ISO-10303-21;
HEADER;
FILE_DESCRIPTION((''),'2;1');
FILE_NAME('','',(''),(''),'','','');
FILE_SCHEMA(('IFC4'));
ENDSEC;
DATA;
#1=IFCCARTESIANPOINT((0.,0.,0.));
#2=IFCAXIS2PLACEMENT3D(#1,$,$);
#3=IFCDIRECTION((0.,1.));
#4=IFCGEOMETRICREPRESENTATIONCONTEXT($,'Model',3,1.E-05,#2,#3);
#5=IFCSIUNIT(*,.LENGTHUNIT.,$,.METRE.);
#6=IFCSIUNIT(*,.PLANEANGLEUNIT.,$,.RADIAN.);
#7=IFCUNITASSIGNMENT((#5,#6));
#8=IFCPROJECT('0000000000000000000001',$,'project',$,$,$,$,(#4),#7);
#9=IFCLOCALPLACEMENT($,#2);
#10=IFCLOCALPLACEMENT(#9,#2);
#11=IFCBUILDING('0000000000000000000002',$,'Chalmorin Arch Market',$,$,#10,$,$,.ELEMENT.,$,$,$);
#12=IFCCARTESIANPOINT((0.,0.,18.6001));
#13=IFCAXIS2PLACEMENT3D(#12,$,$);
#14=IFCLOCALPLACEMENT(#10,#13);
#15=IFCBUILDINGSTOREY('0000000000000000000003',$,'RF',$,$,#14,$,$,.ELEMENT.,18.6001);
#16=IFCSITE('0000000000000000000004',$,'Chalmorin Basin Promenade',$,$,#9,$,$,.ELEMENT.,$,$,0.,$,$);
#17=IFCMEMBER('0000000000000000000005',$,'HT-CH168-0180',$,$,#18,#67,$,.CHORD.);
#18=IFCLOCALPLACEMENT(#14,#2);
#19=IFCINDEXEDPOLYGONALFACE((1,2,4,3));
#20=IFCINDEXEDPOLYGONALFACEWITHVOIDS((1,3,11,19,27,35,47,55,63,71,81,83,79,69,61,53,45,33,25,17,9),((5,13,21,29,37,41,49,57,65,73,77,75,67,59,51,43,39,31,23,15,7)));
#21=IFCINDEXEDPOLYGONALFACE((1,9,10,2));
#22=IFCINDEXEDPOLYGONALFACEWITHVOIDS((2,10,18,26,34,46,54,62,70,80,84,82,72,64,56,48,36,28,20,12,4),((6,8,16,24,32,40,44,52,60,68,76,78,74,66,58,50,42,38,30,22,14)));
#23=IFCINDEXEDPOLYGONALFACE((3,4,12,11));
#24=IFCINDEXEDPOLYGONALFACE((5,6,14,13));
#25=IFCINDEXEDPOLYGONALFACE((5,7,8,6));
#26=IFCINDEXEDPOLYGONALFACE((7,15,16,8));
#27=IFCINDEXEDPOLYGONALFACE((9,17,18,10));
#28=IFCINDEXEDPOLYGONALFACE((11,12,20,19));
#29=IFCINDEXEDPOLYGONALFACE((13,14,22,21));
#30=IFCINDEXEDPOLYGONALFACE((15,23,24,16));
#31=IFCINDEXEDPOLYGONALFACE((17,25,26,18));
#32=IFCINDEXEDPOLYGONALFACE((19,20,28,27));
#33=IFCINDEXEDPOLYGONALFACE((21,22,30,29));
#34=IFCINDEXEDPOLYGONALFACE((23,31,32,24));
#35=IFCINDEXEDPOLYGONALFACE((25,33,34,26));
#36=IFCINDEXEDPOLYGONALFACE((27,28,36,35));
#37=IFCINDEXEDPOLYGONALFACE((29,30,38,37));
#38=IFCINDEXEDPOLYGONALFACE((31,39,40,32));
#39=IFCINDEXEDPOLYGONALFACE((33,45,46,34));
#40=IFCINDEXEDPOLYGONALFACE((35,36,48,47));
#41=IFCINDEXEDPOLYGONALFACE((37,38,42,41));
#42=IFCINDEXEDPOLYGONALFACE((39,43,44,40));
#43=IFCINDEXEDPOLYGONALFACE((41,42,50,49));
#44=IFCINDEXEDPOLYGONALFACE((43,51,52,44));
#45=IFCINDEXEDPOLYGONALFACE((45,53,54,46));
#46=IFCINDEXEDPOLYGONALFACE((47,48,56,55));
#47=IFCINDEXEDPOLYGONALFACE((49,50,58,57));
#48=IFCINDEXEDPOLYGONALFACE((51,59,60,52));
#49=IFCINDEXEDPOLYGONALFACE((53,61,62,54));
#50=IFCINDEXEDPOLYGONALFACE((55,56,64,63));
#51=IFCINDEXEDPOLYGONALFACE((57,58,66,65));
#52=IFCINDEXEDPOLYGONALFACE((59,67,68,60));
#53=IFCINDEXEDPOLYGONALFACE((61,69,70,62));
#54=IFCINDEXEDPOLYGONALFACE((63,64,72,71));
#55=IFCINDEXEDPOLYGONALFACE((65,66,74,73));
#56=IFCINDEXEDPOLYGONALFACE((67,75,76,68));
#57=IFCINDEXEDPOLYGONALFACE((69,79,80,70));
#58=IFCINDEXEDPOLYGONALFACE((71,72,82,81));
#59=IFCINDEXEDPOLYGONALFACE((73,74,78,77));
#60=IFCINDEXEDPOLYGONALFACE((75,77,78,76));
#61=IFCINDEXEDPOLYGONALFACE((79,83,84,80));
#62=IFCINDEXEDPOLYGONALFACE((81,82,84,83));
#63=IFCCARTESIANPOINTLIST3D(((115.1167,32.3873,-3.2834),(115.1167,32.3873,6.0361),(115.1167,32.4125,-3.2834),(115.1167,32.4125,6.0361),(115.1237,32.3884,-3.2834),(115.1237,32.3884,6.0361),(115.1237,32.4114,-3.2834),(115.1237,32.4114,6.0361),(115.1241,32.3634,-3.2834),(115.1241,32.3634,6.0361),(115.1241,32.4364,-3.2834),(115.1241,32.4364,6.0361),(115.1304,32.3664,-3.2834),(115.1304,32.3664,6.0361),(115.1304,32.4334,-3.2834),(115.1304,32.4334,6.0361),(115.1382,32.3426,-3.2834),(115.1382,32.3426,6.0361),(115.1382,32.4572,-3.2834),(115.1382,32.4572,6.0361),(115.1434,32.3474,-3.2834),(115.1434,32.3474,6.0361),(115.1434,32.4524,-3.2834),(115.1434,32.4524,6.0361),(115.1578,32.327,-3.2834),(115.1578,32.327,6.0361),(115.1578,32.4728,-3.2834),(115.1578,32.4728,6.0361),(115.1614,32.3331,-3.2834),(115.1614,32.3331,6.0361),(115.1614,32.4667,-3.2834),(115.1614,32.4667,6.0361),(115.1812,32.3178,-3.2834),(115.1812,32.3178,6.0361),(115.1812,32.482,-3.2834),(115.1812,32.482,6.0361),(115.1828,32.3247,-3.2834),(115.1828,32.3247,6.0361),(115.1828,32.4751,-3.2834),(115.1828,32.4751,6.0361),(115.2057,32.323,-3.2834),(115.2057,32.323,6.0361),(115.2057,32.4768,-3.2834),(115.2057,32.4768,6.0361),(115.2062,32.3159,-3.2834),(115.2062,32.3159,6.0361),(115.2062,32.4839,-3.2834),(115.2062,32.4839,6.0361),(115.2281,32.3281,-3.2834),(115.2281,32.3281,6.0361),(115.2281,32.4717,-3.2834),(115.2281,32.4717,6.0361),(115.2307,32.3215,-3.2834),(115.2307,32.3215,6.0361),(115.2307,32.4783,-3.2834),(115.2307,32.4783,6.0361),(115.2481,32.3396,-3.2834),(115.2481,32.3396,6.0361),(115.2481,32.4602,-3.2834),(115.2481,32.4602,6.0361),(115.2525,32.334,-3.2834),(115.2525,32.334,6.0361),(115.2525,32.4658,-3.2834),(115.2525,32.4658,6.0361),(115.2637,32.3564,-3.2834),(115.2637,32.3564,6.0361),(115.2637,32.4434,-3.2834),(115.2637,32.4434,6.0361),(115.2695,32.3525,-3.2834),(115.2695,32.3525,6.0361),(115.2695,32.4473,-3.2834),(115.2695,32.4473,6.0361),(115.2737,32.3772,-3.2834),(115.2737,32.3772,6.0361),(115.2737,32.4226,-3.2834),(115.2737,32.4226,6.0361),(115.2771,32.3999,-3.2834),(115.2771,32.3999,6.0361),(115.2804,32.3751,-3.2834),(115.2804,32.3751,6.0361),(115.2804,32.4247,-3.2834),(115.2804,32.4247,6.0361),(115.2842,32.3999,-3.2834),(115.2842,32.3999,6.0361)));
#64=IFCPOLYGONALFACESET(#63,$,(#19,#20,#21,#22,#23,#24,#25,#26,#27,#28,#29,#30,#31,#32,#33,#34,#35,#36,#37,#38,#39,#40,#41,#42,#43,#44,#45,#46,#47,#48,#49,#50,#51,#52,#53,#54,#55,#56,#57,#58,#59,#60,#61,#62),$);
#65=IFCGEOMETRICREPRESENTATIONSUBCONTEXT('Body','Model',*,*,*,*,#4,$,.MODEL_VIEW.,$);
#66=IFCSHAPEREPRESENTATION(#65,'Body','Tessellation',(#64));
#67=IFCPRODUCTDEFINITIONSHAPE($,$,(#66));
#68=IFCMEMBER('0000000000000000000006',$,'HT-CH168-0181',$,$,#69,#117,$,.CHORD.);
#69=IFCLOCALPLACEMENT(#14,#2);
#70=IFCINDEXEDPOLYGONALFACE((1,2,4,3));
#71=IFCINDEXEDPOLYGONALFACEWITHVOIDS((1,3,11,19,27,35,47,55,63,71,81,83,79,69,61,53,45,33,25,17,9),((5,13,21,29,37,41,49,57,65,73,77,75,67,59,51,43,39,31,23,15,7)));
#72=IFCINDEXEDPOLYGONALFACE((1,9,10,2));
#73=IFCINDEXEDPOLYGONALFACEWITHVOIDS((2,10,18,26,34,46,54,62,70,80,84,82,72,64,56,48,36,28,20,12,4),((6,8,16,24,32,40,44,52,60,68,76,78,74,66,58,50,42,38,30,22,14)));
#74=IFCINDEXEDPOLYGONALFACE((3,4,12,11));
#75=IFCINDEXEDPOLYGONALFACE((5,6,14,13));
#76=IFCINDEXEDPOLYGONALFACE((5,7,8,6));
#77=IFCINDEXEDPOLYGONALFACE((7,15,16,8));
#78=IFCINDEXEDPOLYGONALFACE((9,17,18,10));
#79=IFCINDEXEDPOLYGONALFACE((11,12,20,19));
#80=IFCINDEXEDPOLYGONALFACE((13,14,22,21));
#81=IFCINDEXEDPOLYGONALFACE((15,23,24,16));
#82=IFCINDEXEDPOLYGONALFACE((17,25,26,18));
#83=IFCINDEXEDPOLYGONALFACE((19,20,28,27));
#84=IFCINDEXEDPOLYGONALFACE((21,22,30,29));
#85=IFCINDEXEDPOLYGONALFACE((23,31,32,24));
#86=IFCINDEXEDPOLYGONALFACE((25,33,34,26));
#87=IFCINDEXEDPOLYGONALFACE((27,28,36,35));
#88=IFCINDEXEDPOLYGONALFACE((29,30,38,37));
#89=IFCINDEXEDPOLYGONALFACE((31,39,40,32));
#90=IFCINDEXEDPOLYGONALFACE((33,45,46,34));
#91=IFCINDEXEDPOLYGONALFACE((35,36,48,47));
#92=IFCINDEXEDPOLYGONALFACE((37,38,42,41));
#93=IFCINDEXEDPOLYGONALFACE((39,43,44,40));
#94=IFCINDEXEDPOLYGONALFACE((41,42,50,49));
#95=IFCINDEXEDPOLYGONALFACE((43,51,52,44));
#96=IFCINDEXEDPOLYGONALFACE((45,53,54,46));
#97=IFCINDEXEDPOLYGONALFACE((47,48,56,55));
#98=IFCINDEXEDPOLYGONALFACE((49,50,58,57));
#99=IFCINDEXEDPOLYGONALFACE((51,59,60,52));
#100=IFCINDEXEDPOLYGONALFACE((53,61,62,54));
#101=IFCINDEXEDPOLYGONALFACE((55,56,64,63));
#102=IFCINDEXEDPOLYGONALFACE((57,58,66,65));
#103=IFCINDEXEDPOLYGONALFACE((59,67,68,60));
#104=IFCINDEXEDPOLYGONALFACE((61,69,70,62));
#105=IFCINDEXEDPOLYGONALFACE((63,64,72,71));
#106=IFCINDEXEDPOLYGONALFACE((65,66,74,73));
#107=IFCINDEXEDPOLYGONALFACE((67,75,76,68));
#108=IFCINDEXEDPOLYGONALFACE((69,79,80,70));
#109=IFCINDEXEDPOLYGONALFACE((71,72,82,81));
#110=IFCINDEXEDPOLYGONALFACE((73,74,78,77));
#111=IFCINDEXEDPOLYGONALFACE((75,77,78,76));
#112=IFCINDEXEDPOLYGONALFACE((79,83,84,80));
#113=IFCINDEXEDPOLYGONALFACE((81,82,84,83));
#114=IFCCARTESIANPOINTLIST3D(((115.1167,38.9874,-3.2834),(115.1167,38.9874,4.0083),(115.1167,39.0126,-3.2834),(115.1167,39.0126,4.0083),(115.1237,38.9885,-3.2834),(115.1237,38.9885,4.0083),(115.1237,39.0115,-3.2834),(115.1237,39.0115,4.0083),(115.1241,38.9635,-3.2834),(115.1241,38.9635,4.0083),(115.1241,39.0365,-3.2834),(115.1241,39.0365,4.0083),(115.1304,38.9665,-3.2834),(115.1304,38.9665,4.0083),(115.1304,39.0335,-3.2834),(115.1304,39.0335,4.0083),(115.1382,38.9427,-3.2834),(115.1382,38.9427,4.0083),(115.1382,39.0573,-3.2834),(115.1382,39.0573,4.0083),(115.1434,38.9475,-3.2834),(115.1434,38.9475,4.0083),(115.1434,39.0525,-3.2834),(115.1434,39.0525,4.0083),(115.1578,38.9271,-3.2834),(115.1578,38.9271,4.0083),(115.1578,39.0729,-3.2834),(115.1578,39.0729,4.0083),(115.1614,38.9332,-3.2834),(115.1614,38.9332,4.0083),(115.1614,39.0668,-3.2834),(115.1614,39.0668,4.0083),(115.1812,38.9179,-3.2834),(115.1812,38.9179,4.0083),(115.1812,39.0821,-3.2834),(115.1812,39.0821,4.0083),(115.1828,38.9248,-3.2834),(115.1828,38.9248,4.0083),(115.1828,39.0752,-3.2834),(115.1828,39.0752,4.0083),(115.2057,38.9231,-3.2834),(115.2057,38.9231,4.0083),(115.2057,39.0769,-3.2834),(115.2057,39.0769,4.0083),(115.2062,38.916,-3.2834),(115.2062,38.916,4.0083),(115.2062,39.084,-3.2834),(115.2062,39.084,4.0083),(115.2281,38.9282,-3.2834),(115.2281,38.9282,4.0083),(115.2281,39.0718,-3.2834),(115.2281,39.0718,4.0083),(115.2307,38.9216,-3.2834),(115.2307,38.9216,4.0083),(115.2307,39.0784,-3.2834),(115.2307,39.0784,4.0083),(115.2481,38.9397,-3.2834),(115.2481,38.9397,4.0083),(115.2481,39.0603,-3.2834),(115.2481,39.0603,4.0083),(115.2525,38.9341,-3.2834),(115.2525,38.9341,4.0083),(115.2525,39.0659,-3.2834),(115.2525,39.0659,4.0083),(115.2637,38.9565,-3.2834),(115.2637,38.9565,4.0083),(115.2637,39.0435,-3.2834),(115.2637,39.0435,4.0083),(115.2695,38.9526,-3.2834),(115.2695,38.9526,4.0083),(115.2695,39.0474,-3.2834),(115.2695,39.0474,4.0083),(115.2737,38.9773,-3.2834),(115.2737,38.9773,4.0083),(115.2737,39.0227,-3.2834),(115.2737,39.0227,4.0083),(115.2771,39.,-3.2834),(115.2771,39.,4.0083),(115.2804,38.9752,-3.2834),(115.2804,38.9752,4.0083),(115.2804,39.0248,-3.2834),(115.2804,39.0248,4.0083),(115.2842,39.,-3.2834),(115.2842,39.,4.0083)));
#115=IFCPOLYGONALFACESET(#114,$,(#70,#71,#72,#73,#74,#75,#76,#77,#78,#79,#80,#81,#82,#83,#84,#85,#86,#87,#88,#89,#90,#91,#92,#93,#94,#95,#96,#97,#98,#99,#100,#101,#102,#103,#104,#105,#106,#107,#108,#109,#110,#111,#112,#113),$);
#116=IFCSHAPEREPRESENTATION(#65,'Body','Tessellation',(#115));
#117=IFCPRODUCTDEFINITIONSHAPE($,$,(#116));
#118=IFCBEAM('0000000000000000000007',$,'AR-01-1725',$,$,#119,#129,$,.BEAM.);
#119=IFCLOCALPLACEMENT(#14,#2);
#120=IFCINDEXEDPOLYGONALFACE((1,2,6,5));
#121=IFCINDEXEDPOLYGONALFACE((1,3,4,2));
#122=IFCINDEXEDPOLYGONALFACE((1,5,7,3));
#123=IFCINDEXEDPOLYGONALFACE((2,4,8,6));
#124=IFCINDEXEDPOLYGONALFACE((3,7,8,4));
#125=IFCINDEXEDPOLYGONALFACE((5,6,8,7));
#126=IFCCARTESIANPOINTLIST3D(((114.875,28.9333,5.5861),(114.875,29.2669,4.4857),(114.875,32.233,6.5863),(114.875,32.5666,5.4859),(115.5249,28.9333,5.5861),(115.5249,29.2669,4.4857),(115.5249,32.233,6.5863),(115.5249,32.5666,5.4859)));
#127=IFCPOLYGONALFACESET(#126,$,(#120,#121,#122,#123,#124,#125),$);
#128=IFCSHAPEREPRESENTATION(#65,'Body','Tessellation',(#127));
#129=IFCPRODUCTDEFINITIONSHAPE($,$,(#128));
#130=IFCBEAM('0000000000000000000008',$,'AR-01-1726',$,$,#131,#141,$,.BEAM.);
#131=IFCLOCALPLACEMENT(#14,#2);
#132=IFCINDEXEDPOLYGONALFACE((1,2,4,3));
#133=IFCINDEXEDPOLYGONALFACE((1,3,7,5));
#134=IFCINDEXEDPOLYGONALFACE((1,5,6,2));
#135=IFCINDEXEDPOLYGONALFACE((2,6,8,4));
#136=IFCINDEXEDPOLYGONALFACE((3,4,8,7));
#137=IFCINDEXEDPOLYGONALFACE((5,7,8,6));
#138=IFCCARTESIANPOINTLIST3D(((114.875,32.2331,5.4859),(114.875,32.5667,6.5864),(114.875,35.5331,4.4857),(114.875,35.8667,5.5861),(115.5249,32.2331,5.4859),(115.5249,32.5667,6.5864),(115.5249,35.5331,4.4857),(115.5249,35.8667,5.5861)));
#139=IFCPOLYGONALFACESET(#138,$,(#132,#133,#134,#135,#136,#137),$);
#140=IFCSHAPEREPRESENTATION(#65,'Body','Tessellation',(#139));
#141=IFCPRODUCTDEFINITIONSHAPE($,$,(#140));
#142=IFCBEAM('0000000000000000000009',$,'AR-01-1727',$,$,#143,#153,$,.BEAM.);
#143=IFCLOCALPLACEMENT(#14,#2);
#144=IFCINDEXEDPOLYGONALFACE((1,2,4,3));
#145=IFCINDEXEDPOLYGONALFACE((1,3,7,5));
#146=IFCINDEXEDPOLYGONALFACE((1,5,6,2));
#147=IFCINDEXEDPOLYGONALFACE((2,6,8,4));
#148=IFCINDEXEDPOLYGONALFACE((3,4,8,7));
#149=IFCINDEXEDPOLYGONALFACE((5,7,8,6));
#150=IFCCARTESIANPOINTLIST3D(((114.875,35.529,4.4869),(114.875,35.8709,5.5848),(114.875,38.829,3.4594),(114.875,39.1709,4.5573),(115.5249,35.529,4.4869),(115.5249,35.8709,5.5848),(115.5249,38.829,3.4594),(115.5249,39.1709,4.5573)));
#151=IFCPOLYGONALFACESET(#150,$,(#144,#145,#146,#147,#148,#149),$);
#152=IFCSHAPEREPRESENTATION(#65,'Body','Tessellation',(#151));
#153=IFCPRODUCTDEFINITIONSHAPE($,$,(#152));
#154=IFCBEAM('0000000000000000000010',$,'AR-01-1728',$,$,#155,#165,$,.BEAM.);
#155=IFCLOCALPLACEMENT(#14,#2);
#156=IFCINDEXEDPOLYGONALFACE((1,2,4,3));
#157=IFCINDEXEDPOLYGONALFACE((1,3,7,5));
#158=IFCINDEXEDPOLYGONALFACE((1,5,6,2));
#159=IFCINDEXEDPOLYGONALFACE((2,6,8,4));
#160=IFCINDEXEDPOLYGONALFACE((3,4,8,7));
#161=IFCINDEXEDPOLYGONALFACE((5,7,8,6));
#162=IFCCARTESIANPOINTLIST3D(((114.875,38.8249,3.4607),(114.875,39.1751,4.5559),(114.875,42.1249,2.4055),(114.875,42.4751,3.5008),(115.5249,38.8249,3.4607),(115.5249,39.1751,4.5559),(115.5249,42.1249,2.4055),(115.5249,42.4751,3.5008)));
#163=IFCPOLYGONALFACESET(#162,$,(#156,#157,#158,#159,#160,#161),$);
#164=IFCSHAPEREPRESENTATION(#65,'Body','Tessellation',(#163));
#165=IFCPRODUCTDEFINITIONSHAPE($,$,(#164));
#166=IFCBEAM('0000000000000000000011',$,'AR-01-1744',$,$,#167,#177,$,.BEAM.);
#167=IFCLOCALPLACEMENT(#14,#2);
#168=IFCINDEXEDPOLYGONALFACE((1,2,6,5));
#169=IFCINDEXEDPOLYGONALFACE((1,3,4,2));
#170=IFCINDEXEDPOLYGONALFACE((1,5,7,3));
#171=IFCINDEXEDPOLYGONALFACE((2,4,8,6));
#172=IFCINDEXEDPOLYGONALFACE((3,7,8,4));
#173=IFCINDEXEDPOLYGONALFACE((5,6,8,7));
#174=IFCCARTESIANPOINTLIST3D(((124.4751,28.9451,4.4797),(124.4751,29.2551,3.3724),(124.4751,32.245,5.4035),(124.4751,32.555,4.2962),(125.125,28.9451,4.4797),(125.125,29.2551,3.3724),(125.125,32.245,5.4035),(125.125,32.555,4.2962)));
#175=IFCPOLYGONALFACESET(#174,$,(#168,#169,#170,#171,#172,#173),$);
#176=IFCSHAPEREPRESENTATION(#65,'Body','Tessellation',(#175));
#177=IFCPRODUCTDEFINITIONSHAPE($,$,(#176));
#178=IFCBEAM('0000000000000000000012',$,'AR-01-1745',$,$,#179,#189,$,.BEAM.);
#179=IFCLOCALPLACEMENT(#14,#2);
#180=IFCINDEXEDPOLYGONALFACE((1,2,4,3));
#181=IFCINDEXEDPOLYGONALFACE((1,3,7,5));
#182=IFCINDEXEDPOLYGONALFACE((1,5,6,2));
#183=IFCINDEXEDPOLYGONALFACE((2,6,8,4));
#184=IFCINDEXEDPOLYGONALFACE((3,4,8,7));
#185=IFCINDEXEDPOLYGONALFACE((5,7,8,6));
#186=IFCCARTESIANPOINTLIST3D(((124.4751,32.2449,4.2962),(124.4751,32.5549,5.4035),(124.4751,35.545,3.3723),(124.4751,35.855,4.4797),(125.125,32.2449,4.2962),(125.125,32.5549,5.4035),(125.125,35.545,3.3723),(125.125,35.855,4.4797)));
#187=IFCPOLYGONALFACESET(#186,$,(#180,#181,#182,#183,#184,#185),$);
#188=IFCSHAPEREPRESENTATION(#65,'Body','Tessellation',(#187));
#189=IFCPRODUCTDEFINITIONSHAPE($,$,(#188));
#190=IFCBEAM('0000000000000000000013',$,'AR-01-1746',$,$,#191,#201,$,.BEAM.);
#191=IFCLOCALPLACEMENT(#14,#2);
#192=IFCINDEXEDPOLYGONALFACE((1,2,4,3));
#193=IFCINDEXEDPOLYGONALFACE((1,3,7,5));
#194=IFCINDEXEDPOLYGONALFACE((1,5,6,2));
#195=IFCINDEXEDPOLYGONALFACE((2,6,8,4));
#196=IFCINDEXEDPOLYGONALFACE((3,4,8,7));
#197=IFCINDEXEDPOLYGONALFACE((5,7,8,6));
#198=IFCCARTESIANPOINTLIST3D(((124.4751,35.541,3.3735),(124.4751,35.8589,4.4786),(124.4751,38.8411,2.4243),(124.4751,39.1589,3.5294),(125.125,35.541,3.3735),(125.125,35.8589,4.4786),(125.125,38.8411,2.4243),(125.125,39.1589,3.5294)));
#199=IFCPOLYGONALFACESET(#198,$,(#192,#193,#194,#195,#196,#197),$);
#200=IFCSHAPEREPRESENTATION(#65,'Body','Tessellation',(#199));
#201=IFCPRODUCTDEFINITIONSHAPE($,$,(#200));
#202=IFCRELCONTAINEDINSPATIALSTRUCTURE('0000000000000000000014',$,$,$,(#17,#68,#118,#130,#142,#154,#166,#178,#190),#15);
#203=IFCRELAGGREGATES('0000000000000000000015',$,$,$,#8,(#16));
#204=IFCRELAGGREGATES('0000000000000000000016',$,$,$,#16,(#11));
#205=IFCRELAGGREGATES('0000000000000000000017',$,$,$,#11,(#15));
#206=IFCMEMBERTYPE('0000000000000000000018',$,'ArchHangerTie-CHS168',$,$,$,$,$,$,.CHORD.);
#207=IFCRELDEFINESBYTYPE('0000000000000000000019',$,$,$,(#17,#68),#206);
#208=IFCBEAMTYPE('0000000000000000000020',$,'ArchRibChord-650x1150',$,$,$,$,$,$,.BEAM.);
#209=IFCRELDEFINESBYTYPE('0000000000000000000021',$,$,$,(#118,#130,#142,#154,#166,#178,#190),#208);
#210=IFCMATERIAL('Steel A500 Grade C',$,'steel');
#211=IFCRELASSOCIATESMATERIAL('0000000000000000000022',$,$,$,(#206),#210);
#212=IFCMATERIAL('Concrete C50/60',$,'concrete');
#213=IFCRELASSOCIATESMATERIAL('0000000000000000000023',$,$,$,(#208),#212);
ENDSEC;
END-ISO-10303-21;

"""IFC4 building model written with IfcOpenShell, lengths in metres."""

from ifc_helpers import new_model, si_unit, direction, frame, origin, origin_2d, place, context, subcontext, project, spatial, rectangle, hollow_circle, extrude, material, material_profile, profile_set, type_object, element, save


model = new_model("IFC4")

# Units and contexts
model_context = context("Model", 3, precision=1e-05, world=origin(), true_north=direction((0.0, 1.0)))
body_context = subcontext(model_context, "Body", "Model", "MODEL_VIEW")
ifc_project = project(units=[si_unit("LENGTHUNIT", "METRE"), si_unit("PLANEANGLEUNIT", "RADIAN")], contexts=[model_context])

# Site, building, storey
site_placement = place(None, origin())
site = spatial("IfcSite", under=ifc_project, at=site_placement, Name="Chalmorin Basin Promenade", CompositionType="ELEMENT", RefElevation=0.0)
building_placement = place(site_placement, origin())
building = spatial("IfcBuilding", under=site, at=building_placement, Name="Chalmorin Arch Market", CompositionType="ELEMENT")
storey_placement = place(building_placement, frame((0.0, 0.0, 18.6001)))
storey = spatial("IfcBuildingStorey", under=building, at=storey_placement, Name="RF", CompositionType="ELEMENT", Elevation=18.6001)

# Members
ifc_material_1 = material(Name="Steel A500 Grade C", Category="steel")
ifc_material_profile_1 = material_profile(ifc_material_1, hollow_circle(Radius=0.0842, WallThickness=0.0071, at=origin_2d()), Name="CHS168X7")
ifc_profile_set_1 = profile_set([ifc_material_profile_1], Name="Steel A500 Grade C")
member_type_1 = type_object("IfcMemberType", Name="ArchHangerTie-CHS168", PredefinedType="CHORD", material=ifc_profile_set_1)
member_1_placement = place(storey_placement, frame((115.2, 32.3999, -3.2834), z_axis=(0.0, 0.0, 1.0), x_axis=(1.0, 0.0, 0.0)))
element("IfcMember", 1, at=member_1_placement, inside=storey, type_object=member_type_1, Name="HT-CH168-0180", PredefinedType="CHORD", context=body_context, shape_type="SweptSolid", body=[
    extrude(hollow_circle(Radius=0.0842, WallThickness=0.0071, at=origin_2d()), origin(), (0.0, 0.0, 1.0), 9.3196),
])
member_2_placement = place(storey_placement, frame((115.2, 39.0, -3.2834), z_axis=(0.0, 0.0, 1.0), x_axis=(1.0, 0.0, 0.0)))
element("IfcMember", 2, at=member_2_placement, inside=storey, type_object=member_type_1, Name="HT-CH168-0181", PredefinedType="CHORD", context=body_context, shape_type="SweptSolid", body=[
    extrude(hollow_circle(Radius=0.0842, WallThickness=0.0071, at=origin_2d()), origin(), (0.0, 0.0, 1.0), 7.2917),
])

# Beams
ifc_material_2 = material(Name="Concrete C50/60", Category="concrete")
ifc_material_profile_2 = material_profile(ifc_material_2, rectangle(XDim=0.6499, YDim=1.1499, at=origin_2d()), Name="RC650X1150")
ifc_profile_set_2 = profile_set([ifc_material_profile_2], Name="Concrete C50/60")
beam_type = type_object("IfcBeamType", Name="ArchRibChord-650x1150", PredefinedType="BEAM", material=ifc_profile_set_2)
beam_1_placement = place(storey_placement, frame((115.2, 29.1001, 5.0359), z_axis=(0.0, 0.957, 0.290088), x_axis=(-1.0, 0.0, 0.0)))
element("IfcBeam", 3, at=beam_1_placement, inside=storey, type_object=beam_type, Name="AR-01-1725", PredefinedType="BEAM", context=body_context, shape_type="SweptSolid", body=[
    extrude(rectangle(XDim=0.6499, YDim=1.1499, at=origin_2d()), origin(), (0.0, 0.0, 1.0), 3.448),
])
beam_2_placement = place(storey_placement, frame((115.2, 32.3999, 6.0361), z_axis=(0.0, 0.957006, -0.290068), x_axis=(-1.0, 0.0, 0.0)))
element("IfcBeam", 4, at=beam_2_placement, inside=storey, type_object=beam_type, Name="AR-01-1726", PredefinedType="BEAM", context=body_context, shape_type="SweptSolid", body=[
    extrude(rectangle(XDim=0.6499, YDim=1.1499, at=origin_2d()), origin(), (0.0, 0.0, 1.0), 3.4482),
])
beam_3_placement = place(storey_placement, frame((115.2, 35.7, 5.0359), z_axis=(0.0, 0.954782, -0.297306), x_axis=(-1.0, 0.0, 0.0)))
element("IfcBeam", 5, at=beam_3_placement, inside=storey, type_object=beam_type, Name="AR-01-1727", PredefinedType="BEAM", context=body_context, shape_type="SweptSolid", body=[
    extrude(rectangle(XDim=0.6499, YDim=1.1499, at=origin_2d()), origin(), (0.0, 0.0, 1.0), 3.4563),
])
beam_4_placement = place(storey_placement, frame((115.2, 39.0, 4.0083), z_axis=(0.0, 0.952494, -0.304556), x_axis=(-1.0, 0.0, 0.0)))
element("IfcBeam", 6, at=beam_4_placement, inside=storey, type_object=beam_type, Name="AR-01-1728", PredefinedType="BEAM", context=body_context, shape_type="SweptSolid", body=[
    extrude(rectangle(XDim=0.6499, YDim=1.1499, at=origin_2d()), origin(), (0.0, 0.0, 1.0), 3.4646),
])
beam_5_placement = place(storey_placement, frame((124.8, 29.1001, 3.926), z_axis=(0.0, 0.962973, 0.269598), x_axis=(-1.0, 0.0, 0.0)))
element("IfcBeam", 7, at=beam_5_placement, inside=storey, type_object=beam_type, Name="AR-01-1744", PredefinedType="BEAM", context=body_context, shape_type="SweptSolid", body=[
    extrude(rectangle(XDim=0.6499, YDim=1.1499, at=origin_2d()), origin(), (0.0, 0.0, 1.0), 3.4268),
])
beam_6_placement = place(storey_placement, frame((124.8, 32.3999, 4.8499), z_axis=(0.0, 0.962978, -0.26958), x_axis=(-1.0, 0.0, 0.0)))
element("IfcBeam", 8, at=beam_6_placement, inside=storey, type_object=beam_type, Name="AR-01-1745", PredefinedType="BEAM", context=body_context, shape_type="SweptSolid", body=[
    extrude(rectangle(XDim=0.6499, YDim=1.1499, at=origin_2d()), origin(), (0.0, 0.0, 1.0), 3.427),
])
beam_7_placement = place(storey_placement, frame((124.8, 35.7, 3.926), z_axis=(0.0, 0.961034, -0.27643), x_axis=(-1.0, 0.0, 0.0)))
element("IfcBeam", 9, at=beam_7_placement, inside=storey, type_object=beam_type, Name="AR-01-1746", PredefinedType="BEAM", context=body_context, shape_type="SweptSolid", body=[
    extrude(rectangle(XDim=0.6499, YDim=1.1499, at=origin_2d()), origin(), (0.0, 0.0, 1.0), 3.4338),
])

save(model, "model.ifc")
